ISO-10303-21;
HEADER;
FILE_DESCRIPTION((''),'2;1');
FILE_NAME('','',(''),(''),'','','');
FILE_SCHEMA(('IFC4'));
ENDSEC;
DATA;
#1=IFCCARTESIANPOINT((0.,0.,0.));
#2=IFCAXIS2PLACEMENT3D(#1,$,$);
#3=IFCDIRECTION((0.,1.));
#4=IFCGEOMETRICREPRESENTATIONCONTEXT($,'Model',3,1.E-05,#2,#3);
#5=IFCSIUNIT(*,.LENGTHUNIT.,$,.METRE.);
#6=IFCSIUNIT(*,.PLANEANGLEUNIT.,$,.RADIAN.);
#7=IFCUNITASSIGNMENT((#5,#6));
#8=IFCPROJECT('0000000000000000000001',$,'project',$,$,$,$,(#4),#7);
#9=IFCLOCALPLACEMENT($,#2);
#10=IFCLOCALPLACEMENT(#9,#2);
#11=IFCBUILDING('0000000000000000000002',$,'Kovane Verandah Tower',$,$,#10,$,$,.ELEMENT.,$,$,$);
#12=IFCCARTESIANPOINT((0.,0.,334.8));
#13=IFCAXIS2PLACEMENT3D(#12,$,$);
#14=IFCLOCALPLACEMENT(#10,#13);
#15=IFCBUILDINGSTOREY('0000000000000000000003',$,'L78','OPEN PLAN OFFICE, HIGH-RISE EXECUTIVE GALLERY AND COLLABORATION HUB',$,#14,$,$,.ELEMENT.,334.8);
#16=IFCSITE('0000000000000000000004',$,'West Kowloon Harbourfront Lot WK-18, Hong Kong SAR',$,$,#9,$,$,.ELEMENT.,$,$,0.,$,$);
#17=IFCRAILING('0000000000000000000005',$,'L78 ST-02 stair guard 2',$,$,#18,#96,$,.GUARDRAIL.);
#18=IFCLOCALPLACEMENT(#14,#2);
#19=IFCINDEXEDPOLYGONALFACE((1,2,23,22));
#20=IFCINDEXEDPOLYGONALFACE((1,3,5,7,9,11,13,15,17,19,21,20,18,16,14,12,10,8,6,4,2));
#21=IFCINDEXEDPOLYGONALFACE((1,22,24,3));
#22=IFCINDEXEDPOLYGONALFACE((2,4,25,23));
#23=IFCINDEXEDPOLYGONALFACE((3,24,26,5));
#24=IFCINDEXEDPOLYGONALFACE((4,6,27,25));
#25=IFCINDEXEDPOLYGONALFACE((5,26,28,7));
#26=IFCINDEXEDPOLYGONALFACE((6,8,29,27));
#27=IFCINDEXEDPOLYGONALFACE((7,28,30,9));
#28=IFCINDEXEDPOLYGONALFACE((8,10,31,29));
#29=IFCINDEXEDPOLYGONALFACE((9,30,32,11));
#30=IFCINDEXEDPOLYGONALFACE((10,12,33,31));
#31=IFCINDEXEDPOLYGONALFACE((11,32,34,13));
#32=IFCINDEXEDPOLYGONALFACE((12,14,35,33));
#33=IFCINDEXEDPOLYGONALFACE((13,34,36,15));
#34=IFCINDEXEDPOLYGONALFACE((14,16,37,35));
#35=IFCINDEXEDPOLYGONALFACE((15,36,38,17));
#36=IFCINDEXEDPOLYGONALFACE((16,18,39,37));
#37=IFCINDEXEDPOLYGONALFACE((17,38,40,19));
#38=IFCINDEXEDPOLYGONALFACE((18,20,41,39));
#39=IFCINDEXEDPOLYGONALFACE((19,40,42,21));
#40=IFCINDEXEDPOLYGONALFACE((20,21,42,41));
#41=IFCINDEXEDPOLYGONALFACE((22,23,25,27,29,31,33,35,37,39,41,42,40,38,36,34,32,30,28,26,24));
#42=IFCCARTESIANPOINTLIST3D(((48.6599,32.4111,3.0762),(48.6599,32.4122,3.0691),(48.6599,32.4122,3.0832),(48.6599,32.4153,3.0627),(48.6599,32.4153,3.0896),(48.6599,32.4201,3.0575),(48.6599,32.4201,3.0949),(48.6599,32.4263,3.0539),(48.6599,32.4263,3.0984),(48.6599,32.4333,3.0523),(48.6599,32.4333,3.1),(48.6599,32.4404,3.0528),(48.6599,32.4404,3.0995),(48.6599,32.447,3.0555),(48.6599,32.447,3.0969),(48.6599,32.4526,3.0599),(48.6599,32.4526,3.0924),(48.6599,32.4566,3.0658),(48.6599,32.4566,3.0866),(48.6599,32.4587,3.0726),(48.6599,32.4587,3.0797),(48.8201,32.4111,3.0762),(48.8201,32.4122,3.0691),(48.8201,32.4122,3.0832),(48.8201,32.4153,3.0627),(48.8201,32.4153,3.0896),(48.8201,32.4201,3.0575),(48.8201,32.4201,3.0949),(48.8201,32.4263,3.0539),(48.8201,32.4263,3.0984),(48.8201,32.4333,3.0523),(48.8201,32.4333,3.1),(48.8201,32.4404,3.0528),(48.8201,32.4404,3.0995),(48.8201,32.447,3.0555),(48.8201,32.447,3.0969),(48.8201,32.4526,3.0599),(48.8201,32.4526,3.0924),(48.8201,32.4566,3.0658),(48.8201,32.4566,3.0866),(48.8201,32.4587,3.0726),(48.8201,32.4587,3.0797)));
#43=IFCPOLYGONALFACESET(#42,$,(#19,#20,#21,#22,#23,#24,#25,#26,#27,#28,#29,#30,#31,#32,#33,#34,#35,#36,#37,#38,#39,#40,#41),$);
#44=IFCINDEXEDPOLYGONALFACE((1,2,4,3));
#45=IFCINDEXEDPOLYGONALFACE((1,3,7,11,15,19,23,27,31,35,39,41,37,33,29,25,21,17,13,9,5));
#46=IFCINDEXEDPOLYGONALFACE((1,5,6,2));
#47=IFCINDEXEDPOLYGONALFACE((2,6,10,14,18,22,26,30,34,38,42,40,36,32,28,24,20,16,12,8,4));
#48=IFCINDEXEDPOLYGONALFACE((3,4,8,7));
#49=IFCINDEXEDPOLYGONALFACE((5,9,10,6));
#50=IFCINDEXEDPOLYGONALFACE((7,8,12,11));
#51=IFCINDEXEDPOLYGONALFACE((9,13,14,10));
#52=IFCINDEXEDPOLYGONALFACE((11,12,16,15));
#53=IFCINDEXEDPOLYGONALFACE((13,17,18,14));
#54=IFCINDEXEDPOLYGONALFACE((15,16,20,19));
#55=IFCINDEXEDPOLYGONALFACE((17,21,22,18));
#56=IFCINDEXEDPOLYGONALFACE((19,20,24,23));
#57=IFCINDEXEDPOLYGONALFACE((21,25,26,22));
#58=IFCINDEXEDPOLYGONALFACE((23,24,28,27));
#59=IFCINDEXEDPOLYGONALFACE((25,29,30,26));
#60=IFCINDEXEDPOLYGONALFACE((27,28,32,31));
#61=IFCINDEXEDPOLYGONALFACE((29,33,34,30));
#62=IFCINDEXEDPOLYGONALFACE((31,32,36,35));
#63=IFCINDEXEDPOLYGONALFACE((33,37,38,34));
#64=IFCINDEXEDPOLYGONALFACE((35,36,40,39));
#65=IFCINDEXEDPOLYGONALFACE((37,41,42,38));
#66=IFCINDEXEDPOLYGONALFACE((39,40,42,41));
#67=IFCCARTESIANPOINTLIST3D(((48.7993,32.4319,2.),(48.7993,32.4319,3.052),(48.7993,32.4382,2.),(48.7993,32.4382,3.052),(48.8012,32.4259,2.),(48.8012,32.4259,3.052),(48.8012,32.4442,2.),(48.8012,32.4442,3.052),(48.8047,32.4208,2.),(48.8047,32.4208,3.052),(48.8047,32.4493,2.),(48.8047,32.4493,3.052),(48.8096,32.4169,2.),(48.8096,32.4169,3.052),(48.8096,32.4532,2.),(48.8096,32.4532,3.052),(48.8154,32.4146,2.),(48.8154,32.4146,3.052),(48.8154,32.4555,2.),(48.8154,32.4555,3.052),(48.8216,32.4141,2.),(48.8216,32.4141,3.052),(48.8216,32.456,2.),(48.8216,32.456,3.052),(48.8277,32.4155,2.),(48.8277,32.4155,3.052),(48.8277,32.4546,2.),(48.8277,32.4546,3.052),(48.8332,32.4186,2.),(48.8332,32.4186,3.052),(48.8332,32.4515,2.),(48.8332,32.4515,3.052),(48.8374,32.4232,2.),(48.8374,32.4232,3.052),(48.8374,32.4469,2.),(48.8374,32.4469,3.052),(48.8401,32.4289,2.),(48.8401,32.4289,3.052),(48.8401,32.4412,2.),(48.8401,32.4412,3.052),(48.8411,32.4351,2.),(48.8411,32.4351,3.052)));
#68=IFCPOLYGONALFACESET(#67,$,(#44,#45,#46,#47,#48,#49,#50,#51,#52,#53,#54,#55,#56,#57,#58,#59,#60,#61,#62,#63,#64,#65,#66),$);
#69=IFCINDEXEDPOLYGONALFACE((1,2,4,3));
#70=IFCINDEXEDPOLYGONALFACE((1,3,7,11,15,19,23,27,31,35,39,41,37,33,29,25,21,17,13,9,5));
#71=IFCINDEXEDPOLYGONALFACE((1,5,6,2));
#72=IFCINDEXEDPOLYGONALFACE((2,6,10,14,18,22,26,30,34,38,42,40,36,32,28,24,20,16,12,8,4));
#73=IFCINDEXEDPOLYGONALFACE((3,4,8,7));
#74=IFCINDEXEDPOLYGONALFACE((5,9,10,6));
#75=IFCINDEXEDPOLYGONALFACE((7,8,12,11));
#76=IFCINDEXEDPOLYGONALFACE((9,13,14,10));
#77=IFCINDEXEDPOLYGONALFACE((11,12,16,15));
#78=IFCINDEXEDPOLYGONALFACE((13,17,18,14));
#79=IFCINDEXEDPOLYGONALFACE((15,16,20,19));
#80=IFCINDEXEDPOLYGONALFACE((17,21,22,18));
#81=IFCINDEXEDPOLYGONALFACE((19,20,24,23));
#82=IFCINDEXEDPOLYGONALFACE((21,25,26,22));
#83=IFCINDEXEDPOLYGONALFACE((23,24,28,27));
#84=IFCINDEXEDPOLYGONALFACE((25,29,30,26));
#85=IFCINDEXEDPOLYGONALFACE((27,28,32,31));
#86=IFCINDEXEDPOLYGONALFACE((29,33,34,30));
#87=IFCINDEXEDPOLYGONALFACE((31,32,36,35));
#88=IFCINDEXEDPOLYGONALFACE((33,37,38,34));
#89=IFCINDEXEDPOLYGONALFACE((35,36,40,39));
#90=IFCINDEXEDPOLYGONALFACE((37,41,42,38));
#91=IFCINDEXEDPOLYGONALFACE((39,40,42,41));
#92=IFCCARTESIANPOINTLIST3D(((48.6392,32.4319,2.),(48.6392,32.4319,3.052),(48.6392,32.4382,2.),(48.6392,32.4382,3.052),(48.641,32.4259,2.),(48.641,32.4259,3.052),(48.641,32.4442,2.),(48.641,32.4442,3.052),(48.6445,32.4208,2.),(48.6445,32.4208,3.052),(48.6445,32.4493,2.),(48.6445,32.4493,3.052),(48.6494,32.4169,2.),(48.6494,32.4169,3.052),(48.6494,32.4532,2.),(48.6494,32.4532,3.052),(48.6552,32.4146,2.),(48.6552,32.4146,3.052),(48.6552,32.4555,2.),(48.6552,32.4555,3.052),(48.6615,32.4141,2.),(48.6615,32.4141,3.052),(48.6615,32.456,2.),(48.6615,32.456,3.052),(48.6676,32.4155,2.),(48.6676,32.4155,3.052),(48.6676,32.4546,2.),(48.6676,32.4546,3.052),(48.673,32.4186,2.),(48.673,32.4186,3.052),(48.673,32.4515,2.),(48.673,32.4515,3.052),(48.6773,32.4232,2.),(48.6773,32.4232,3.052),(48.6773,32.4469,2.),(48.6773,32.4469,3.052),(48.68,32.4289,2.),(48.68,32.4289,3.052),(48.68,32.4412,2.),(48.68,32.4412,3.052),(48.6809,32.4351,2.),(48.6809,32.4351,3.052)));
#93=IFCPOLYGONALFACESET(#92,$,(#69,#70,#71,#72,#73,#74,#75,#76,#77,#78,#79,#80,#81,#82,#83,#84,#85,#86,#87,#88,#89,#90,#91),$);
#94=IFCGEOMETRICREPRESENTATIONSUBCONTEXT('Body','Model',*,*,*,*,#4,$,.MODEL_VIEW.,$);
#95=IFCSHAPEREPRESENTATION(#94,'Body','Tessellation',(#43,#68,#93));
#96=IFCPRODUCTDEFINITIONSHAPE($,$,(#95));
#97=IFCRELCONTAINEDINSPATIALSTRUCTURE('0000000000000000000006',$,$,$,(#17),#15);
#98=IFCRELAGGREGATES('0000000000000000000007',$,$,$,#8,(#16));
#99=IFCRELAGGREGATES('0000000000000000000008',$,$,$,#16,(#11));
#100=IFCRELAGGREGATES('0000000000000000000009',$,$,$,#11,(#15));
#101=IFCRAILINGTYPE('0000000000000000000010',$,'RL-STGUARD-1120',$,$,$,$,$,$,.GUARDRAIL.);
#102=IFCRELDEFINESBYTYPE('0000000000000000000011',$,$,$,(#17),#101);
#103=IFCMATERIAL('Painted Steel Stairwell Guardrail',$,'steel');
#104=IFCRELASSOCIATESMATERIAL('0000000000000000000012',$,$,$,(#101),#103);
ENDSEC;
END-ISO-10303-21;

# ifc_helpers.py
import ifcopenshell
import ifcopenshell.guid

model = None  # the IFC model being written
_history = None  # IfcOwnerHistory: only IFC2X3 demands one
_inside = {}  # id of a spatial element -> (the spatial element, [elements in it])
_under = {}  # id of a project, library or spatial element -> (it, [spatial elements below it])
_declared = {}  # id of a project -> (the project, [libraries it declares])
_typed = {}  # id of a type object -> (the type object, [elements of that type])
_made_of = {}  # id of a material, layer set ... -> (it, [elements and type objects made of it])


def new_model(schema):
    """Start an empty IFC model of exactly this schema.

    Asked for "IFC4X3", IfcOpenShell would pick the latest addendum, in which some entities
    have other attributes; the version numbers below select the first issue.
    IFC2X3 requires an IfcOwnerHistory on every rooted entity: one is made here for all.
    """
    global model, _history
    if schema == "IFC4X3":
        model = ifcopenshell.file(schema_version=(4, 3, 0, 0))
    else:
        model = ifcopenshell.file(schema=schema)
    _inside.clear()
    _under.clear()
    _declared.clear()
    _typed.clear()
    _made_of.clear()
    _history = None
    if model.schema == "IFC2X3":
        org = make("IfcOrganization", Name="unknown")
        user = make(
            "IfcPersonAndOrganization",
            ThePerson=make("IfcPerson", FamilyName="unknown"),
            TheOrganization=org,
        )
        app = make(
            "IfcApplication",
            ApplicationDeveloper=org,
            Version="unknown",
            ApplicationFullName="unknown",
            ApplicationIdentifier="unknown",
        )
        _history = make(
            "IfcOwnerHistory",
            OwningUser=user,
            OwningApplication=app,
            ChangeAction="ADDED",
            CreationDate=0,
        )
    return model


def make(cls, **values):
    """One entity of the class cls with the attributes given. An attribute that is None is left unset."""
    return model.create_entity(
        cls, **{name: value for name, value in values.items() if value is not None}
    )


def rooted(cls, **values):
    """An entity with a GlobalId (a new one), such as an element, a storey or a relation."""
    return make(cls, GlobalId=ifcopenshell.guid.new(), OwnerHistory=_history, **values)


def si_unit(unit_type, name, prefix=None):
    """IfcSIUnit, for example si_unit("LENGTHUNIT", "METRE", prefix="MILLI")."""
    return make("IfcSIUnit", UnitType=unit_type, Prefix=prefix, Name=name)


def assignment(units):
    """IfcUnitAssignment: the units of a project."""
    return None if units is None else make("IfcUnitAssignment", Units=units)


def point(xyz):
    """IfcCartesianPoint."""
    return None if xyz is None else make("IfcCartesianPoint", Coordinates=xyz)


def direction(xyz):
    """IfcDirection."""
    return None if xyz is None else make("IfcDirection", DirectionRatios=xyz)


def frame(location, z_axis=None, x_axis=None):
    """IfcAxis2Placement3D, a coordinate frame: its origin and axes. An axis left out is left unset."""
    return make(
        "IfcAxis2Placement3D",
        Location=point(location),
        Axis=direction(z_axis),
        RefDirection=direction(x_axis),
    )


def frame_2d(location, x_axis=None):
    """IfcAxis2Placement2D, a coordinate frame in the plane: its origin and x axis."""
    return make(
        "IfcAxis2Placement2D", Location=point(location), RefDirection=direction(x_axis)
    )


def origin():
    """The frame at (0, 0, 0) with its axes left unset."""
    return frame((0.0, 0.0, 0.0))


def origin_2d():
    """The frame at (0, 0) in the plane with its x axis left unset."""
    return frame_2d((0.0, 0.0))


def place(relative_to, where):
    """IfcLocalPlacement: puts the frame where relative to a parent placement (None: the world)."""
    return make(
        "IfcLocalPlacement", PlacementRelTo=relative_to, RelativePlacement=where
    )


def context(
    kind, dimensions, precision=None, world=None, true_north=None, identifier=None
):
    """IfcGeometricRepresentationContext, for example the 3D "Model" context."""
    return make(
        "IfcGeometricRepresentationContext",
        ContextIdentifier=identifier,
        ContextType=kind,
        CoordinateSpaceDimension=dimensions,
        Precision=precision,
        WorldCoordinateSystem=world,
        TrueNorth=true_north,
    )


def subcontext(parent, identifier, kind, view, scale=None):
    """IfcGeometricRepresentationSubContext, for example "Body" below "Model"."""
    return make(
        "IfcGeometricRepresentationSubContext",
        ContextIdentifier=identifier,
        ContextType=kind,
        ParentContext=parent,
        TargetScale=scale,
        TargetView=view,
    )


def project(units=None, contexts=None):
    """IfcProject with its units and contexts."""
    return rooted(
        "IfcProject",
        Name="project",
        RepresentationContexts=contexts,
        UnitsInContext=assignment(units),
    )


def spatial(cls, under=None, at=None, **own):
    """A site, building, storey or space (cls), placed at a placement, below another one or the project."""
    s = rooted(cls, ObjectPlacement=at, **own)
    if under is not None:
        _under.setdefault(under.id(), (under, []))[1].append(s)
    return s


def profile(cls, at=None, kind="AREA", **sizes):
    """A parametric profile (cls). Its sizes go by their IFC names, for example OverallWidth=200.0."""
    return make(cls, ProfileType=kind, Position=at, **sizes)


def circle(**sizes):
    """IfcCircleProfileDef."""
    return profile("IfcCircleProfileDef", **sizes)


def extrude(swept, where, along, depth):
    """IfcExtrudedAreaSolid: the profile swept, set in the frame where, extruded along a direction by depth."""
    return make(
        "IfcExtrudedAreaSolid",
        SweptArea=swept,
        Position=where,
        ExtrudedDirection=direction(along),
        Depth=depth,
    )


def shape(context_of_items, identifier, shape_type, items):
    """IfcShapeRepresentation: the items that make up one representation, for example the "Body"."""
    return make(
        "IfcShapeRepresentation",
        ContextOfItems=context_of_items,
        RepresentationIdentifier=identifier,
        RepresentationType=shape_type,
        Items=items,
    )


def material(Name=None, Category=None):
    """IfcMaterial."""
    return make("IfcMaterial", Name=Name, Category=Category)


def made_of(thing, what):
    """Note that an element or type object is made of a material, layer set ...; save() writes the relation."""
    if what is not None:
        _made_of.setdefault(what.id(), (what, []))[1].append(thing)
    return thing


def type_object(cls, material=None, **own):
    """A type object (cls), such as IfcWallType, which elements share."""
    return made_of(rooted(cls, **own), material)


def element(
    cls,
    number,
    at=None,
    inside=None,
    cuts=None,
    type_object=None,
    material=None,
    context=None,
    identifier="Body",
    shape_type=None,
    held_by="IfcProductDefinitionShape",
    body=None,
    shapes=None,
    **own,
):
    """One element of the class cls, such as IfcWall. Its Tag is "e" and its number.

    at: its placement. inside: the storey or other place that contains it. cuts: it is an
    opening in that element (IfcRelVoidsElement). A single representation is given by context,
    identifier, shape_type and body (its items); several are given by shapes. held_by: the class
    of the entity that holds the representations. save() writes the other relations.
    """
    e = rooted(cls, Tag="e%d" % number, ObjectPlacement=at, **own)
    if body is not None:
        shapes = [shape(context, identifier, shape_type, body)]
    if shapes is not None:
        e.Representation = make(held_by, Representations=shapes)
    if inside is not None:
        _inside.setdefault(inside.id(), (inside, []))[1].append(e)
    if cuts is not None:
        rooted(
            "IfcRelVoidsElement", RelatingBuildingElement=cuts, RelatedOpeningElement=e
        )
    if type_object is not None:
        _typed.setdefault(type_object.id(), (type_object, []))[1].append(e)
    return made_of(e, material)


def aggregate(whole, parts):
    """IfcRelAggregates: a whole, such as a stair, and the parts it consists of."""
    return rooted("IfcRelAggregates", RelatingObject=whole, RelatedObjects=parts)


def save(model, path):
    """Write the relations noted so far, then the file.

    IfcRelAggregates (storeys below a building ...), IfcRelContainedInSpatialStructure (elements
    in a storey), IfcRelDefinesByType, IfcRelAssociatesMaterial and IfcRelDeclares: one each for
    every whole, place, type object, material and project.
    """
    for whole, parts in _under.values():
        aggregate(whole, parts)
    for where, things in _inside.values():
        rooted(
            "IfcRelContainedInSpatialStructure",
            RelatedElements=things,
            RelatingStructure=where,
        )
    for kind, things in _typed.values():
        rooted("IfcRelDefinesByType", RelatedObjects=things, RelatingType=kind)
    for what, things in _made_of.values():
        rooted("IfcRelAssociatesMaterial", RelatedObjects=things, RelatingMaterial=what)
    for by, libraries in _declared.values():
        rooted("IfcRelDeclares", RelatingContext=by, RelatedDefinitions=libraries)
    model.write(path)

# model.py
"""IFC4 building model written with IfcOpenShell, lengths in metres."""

from ifc_helpers import new_model, si_unit, direction, frame, origin, origin_2d, place, context, subcontext, project, spatial, circle, extrude, material, type_object, element, save


model = new_model("IFC4")

# Units and contexts
model_context = context("Model", 3, precision=1e-05, world=origin(), true_north=direction((0.0, 1.0)))
body_context = subcontext(model_context, "Body", "Model", "MODEL_VIEW")
ifc_project = project(units=[si_unit("LENGTHUNIT", "METRE"), si_unit("PLANEANGLEUNIT", "RADIAN")], contexts=[model_context])

# Site, building, storey
site_placement = place(None, origin())
site = spatial("IfcSite", under=ifc_project, at=site_placement, Name="West Kowloon Harbourfront Lot WK-18, Hong Kong SAR", CompositionType="ELEMENT", RefElevation=0.0)
building_placement = place(site_placement, origin())
building = spatial("IfcBuilding", under=site, at=building_placement, Name="Kovane Verandah Tower", CompositionType="ELEMENT")
storey_placement = place(building_placement, frame((0.0, 0.0, 334.8)))
storey = spatial("IfcBuildingStorey", under=building, at=storey_placement, Name="L78", Description="OPEN PLAN OFFICE, HIGH-RISE EXECUTIVE GALLERY AND COLLABORATION HUB", CompositionType="ELEMENT", Elevation=334.8)

# Railing
ifc_material_1 = material(Name="Painted Steel Stairwell Guardrail", Category="steel")
railing_type_1 = type_object("IfcRailingType", Name="RL-STGUARD-1120", PredefinedType="GUARDRAIL", material=ifc_material_1)
railing_1_placement = place(storey_placement, frame((48.8201, 32.4351, 2.0)))
element("IfcRailing", 1, at=railing_1_placement, inside=storey, type_object=railing_type_1, Name="L78 ST-02 stair guard 2", PredefinedType="GUARDRAIL", context=body_context, shape_type="SweptSolid", body=[
    extrude(circle(Radius=0.0239, at=origin_2d()), frame((0.0, 0.0, 1.0762), z_axis=(-1.0, 0.0, 0.0), x_axis=(0.0, -1.0, 0.0)), (0.0, 0.0, 1.0), 0.1602),
    extrude(circle(Radius=0.021, at=origin_2d()), origin(), (0.0, 0.0, 1.0), 1.052),
    extrude(circle(Radius=0.021, at=origin_2d()), frame((-0.1602, 0.0, 0.0)), (0.0, 0.0, 1.0), 1.052),
])

save(model, "model.ifc")
